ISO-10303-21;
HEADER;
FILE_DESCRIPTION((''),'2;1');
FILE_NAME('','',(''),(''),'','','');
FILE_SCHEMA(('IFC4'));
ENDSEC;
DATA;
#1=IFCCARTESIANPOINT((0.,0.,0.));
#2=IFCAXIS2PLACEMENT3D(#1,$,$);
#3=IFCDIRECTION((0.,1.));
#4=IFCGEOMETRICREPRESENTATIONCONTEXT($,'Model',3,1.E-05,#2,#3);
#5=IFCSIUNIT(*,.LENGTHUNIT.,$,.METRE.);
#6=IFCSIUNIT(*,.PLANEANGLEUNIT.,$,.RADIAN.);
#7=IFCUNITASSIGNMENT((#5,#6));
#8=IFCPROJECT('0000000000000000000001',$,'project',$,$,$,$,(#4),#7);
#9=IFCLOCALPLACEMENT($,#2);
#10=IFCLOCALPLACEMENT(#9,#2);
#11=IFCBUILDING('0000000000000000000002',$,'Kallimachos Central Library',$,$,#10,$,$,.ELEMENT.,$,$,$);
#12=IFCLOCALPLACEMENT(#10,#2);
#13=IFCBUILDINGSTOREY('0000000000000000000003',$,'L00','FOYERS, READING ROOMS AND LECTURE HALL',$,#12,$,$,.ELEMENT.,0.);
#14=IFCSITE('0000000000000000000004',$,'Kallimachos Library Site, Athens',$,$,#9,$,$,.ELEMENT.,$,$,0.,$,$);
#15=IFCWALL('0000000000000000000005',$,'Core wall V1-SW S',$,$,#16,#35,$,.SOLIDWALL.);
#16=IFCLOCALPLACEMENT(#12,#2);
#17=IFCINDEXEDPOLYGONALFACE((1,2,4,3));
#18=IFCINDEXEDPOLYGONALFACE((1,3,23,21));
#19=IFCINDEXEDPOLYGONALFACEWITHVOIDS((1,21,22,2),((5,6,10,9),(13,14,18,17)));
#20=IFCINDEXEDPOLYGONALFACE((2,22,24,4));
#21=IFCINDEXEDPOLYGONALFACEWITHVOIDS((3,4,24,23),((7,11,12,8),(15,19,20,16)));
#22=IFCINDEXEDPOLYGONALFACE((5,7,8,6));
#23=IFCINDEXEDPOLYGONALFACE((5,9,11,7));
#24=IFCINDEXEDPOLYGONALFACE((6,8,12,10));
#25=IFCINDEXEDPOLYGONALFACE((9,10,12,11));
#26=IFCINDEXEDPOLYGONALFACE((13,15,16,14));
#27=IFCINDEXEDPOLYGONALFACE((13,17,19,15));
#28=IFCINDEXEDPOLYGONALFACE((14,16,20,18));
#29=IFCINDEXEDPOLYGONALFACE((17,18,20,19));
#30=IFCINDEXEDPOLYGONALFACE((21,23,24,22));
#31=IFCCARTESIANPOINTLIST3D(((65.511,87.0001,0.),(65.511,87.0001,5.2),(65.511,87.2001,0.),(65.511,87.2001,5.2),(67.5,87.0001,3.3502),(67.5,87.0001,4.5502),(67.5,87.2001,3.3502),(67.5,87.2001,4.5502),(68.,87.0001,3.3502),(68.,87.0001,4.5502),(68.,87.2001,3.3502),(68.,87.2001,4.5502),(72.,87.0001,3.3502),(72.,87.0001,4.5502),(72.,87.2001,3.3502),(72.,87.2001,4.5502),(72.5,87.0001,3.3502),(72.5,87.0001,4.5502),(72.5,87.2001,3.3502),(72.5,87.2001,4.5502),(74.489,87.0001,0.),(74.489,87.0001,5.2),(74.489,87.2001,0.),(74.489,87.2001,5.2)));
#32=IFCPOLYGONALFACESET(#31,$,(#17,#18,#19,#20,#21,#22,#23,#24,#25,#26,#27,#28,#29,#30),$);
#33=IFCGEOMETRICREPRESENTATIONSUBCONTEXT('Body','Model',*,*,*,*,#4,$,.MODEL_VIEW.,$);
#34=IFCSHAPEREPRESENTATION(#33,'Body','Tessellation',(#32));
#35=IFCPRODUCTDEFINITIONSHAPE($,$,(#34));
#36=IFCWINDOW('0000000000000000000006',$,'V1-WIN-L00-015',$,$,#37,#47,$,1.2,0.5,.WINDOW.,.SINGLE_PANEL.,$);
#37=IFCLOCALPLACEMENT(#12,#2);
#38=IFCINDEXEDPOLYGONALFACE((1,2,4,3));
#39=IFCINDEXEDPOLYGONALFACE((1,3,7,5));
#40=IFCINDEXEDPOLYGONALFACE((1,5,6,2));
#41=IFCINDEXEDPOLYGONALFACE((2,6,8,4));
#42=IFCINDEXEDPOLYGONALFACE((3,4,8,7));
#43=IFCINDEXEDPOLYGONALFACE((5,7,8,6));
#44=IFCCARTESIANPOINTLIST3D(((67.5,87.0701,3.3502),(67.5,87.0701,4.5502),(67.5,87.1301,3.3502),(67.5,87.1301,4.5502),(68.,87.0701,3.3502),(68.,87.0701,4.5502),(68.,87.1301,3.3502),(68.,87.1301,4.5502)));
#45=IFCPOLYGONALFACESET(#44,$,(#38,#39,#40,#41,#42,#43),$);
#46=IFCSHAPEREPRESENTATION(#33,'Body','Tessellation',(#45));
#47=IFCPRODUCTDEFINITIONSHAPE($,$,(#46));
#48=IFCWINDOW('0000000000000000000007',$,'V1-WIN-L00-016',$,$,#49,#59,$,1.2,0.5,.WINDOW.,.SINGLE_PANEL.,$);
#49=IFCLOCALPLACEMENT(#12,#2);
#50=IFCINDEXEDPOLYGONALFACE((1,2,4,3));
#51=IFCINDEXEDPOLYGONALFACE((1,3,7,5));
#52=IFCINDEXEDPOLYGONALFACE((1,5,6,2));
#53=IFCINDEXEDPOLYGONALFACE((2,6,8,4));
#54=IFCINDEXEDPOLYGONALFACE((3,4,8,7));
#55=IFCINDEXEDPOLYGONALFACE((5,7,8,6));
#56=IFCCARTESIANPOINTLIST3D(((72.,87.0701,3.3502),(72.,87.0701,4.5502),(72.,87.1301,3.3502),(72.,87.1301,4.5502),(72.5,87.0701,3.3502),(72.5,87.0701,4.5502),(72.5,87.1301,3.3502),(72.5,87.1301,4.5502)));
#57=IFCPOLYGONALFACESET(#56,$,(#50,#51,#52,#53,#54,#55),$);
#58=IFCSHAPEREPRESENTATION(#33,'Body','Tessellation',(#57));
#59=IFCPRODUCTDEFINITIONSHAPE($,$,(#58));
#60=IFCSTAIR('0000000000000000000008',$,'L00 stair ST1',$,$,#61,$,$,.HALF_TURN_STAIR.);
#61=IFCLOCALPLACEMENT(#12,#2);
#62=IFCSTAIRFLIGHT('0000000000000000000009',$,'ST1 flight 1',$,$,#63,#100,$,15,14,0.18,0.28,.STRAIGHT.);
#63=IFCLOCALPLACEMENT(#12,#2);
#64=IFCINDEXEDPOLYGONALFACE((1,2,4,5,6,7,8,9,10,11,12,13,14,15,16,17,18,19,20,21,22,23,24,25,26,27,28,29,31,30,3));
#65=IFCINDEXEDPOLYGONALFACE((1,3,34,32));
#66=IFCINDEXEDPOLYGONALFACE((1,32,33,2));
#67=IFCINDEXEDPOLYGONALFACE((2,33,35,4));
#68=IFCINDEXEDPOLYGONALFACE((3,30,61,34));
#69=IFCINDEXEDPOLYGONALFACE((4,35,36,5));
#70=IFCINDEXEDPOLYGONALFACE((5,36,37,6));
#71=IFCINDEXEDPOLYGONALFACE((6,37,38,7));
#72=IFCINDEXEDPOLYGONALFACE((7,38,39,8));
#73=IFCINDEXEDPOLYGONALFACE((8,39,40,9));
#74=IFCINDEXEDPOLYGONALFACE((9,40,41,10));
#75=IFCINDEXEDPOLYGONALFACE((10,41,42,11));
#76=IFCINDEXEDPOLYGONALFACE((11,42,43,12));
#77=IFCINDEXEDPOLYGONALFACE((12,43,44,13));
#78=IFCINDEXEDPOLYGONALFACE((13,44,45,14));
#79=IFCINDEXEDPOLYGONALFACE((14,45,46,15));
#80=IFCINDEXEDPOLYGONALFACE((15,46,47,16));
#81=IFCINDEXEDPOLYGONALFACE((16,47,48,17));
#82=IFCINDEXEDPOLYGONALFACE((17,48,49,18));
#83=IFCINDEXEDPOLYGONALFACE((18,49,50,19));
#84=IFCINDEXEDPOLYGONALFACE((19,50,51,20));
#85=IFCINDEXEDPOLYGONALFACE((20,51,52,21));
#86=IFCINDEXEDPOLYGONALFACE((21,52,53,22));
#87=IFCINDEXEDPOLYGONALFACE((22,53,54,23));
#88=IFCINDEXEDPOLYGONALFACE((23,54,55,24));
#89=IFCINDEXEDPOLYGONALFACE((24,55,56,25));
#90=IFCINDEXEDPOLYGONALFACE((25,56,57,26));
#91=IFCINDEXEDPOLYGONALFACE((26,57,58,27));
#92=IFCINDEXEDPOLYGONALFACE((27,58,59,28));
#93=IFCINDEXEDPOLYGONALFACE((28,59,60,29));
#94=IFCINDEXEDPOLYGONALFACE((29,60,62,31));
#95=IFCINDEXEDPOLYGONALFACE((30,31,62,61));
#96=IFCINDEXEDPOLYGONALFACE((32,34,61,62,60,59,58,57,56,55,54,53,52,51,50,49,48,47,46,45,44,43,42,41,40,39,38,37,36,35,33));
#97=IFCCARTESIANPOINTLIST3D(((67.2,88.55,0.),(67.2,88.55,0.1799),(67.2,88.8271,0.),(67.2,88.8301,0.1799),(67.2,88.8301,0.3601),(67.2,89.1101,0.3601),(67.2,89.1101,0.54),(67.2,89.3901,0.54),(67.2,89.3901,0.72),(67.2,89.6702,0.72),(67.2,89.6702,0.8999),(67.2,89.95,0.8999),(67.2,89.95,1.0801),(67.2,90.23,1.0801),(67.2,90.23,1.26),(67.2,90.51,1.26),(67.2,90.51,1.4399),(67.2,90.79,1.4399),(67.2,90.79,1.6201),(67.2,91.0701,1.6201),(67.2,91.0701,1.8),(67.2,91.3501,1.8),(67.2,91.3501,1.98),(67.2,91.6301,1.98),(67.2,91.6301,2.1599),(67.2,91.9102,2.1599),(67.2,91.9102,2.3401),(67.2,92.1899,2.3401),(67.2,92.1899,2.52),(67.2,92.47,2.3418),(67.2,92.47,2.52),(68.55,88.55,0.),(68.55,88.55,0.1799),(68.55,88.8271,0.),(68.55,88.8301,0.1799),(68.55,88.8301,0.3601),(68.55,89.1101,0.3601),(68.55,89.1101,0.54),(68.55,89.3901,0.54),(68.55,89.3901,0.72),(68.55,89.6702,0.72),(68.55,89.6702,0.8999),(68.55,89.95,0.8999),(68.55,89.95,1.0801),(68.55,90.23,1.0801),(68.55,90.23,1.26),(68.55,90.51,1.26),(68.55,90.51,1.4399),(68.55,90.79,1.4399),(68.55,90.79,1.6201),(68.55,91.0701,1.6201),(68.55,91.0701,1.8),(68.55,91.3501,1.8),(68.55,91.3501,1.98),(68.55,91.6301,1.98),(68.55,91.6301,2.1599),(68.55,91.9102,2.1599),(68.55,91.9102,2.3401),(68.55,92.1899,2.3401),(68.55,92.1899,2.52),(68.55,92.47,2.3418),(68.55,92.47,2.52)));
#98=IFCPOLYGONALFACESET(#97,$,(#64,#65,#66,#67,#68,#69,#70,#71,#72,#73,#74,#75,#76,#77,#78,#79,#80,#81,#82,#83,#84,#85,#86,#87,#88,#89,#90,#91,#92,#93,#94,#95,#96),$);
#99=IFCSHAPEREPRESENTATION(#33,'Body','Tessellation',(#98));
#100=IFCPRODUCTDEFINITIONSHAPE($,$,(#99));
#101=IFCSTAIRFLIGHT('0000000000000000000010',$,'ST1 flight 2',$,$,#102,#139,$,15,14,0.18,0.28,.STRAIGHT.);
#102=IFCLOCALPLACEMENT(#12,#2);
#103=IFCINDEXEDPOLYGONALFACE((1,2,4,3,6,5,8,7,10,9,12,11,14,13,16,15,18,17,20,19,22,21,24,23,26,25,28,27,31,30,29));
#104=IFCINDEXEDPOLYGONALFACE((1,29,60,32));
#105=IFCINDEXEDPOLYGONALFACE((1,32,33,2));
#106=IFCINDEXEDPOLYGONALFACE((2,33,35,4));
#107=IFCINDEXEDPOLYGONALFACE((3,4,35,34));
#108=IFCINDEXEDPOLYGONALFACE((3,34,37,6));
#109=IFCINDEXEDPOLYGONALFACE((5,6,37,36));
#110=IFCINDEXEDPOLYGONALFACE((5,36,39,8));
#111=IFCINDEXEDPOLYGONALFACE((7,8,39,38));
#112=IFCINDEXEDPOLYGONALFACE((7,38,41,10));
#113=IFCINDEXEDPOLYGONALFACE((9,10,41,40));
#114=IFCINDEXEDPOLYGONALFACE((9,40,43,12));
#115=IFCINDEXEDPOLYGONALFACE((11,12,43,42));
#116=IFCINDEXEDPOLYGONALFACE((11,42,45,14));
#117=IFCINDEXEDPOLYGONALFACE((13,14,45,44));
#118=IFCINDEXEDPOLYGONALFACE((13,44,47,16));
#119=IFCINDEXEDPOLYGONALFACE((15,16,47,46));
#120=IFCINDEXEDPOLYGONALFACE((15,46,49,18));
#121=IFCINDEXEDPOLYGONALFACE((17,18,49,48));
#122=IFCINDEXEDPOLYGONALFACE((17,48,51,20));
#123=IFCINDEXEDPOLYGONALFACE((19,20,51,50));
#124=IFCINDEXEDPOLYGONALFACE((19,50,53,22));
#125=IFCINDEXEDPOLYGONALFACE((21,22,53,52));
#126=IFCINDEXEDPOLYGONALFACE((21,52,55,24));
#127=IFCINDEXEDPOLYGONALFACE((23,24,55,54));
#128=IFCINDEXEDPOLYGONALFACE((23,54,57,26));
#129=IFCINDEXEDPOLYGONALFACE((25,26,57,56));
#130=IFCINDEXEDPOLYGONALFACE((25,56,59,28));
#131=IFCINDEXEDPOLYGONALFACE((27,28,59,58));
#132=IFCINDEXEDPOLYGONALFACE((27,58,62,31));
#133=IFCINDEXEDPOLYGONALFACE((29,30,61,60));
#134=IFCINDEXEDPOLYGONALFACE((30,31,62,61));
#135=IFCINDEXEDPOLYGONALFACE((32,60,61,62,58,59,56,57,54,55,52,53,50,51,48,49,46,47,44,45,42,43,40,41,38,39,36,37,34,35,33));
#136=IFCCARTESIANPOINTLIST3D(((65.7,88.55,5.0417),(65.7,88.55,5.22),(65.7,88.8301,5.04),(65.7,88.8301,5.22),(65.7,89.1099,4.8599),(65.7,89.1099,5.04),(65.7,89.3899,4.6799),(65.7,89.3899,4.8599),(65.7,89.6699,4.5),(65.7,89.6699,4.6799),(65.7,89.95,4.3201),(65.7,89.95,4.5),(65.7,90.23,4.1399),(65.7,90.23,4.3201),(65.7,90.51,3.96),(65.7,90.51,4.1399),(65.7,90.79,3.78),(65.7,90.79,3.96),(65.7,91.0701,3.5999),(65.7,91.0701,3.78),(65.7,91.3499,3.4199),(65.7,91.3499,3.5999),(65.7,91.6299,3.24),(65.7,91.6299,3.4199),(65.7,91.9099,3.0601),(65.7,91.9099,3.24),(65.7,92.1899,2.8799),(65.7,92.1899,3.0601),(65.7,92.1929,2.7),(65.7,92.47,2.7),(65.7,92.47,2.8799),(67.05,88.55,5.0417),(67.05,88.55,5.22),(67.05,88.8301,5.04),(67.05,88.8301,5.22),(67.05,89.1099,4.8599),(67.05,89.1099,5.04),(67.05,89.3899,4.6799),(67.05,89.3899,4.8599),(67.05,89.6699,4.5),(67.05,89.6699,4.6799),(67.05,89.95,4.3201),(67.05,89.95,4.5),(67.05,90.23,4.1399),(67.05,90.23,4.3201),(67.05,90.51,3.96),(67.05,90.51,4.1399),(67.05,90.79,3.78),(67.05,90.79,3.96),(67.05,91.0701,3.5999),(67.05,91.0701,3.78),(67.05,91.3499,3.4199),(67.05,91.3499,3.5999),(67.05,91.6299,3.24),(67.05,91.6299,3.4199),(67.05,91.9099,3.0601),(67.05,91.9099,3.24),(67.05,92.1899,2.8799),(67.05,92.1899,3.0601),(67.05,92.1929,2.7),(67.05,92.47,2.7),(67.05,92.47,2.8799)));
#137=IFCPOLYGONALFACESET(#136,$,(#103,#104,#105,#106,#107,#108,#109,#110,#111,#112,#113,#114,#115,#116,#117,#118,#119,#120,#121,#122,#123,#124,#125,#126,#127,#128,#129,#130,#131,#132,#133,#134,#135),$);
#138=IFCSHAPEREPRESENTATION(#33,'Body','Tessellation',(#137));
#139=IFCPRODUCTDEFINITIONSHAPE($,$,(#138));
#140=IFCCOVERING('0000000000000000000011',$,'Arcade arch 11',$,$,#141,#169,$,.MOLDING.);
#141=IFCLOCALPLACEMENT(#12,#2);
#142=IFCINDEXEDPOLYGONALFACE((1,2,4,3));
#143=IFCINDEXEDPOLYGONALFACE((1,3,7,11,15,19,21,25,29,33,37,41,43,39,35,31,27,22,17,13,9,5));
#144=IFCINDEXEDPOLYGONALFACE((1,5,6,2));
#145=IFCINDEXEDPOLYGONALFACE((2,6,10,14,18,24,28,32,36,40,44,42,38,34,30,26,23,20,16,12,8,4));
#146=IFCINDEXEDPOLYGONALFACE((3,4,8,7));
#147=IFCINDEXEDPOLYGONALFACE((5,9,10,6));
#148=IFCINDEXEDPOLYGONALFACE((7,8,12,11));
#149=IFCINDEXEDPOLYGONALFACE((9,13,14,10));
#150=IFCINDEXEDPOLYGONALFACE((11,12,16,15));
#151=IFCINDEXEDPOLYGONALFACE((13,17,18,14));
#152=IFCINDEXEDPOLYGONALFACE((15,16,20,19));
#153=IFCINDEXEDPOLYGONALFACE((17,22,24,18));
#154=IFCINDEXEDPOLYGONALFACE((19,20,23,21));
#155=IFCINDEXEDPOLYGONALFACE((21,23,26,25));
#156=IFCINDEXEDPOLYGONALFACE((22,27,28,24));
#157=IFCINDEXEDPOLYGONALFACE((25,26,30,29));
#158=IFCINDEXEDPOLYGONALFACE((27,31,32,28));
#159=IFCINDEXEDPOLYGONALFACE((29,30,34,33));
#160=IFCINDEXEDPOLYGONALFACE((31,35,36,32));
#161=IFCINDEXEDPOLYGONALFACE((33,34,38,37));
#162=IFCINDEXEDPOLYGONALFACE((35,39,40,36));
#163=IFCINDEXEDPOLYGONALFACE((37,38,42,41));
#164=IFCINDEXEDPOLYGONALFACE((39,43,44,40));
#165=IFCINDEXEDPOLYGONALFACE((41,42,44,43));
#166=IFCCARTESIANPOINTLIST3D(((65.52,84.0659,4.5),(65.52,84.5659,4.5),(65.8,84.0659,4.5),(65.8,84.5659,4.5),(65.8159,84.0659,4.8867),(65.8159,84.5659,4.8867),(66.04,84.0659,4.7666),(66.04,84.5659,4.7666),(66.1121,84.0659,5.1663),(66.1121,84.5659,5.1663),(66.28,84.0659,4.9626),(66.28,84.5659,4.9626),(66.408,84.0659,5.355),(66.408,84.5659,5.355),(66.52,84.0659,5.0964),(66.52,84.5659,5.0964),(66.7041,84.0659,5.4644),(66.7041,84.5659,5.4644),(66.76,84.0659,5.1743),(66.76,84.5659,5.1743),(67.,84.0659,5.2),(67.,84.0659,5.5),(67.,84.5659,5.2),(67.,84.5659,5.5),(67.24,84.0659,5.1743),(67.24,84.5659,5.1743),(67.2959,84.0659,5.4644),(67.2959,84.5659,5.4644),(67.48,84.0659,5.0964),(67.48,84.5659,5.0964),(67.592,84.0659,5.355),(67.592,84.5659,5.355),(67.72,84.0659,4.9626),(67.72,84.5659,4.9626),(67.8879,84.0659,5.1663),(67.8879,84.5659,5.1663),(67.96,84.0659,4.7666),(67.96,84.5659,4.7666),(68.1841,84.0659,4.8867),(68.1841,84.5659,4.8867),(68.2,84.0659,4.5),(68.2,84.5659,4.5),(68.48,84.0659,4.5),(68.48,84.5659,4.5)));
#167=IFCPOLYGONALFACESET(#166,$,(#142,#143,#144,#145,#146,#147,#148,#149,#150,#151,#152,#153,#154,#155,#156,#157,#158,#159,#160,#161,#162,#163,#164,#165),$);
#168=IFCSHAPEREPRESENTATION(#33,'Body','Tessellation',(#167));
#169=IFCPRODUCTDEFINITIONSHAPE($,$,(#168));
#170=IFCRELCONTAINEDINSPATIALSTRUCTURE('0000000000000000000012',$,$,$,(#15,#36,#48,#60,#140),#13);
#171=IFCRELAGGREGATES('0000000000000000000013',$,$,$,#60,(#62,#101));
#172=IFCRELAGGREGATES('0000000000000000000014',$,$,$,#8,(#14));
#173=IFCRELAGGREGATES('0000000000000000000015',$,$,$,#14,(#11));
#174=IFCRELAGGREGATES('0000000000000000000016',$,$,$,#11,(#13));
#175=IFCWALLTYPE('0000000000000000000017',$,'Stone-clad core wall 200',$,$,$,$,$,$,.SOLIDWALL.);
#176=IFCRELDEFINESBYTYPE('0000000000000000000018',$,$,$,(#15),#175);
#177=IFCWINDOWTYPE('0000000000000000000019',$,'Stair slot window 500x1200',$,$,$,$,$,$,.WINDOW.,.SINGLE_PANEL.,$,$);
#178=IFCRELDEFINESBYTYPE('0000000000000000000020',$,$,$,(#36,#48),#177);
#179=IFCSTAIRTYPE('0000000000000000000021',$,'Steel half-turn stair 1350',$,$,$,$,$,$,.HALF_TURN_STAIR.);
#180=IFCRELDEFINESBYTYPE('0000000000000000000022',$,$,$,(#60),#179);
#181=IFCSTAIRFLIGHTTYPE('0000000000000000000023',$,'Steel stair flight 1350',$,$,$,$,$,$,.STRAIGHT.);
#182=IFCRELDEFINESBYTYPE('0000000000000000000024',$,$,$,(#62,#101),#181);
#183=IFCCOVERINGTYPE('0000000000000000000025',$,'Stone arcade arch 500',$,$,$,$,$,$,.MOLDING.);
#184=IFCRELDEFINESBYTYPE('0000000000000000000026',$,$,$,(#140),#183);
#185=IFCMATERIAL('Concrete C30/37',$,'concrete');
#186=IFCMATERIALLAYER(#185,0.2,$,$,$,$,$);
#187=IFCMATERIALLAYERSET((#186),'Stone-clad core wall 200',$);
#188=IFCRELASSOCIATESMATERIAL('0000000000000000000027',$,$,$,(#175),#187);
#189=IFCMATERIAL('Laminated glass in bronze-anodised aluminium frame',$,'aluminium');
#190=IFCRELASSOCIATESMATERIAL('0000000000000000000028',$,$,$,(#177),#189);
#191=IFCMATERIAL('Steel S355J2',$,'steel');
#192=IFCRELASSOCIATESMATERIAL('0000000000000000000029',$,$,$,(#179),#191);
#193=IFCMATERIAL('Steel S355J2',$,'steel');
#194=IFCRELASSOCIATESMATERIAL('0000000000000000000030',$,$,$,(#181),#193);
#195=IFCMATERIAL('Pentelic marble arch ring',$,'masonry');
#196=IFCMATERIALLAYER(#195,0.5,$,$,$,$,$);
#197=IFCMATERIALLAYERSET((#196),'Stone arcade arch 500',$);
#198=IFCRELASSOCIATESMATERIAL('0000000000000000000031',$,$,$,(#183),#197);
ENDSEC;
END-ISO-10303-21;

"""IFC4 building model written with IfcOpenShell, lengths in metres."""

from ifc_helpers import new_model, si_unit, direction, frame, frame_2d, origin, place, context, subcontext, project, spatial, polyline, rectangle, outline, extrude, material, layer, layer_set, type_object, element, fill, aggregate, save


model = new_model("IFC4")

# Units and contexts
model_context = context("Model", 3, precision=1e-05, world=origin(), true_north=direction((0.0, 1.0)))
body_context = subcontext(model_context, "Body", "Model", "MODEL_VIEW")
ifc_project = project(units=[si_unit("LENGTHUNIT", "METRE"), si_unit("PLANEANGLEUNIT", "RADIAN")], contexts=[model_context])

# Site, building, storey
site_placement = place(None, origin())
site = spatial("IfcSite", under=ifc_project, at=site_placement, Name="Kallimachos Library Site, Athens", CompositionType="ELEMENT", RefElevation=0.0)
building_placement = place(site_placement, origin())
building = spatial("IfcBuilding", under=site, at=building_placement, Name="Kallimachos Central Library", CompositionType="ELEMENT")
storey_placement = place(building_placement, origin())
storey = spatial("IfcBuildingStorey", under=building, at=storey_placement, Name="L00", Description="FOYERS, READING ROOMS AND LECTURE HALL", CompositionType="ELEMENT", Elevation=0.0)

# Shared definitions
ifc_material_1 = material(Name="Concrete C30/37", Category="concrete")
ifc_layer_1 = layer(ifc_material_1, 0.2)
ifc_layer_set_1 = layer_set([ifc_layer_1], Name="Stone-clad core wall 200")
wall_type_1 = type_object("IfcWallType", Name="Stone-clad core wall 200", PredefinedType="SOLIDWALL", material=ifc_layer_set_1)
ifc_material_2 = material(Name="Laminated glass in bronze-anodised aluminium frame", Category="aluminium")
window_type = type_object("IfcWindowType", Name="Stair slot window 500x1200", PartitioningType="SINGLE_PANEL", PredefinedType="WINDOW", material=ifc_material_2)

# Wall, openings, windows
wall_1_placement = place(storey_placement, frame((65.511, 87.1001, 0.0), z_axis=(0.0, 0.0, 1.0), x_axis=(1.0, 0.0, 0.0)))
wall_1 = element("IfcWall", 1, at=wall_1_placement, inside=storey, type_object=wall_type_1, Name="Core wall V1-SW S", PredefinedType="SOLIDWALL", context=body_context, shape_type="SweptSolid", body=[
    extrude(rectangle(XDim=8.978, YDim=0.2, at=frame_2d((4.489, 0.0))), origin(), (0.0, 0.0, 1.0), 5.2),
])
opening_1_placement = place(wall_1_placement, frame((1.989, 0.0, 3.3501)))
opening_1 = element("IfcOpeningElement", 2, at=opening_1_placement, cuts=wall_1, PredefinedType="OPENING", context=body_context, shape_type="SweptSolid", body=[
    extrude(rectangle(XDim=0.5, YDim=1.2, at=frame_2d((0.25, 0.6001))), frame((0.0, 0.1099, 0.0), z_axis=(0.0, -1.0, 0.0), x_axis=(1.0, 0.0, 0.0)), (0.0, 0.0, 1.0), 0.22),
])
opening_2_placement = place(wall_1_placement, frame((6.489, 0.0, 3.3501)))
opening_2 = element("IfcOpeningElement", 3, at=opening_2_placement, cuts=wall_1, PredefinedType="OPENING", context=body_context, shape_type="SweptSolid", body=[
    extrude(rectangle(XDim=0.5, YDim=1.2, at=frame_2d((0.25, 0.6001))), frame((0.0, 0.1099, 0.0), z_axis=(0.0, -1.0, 0.0), x_axis=(1.0, 0.0, 0.0)), (0.0, 0.0, 1.0), 0.22),
])
window_1_placement = place(opening_1_placement, origin())
window_1 = element("IfcWindow", 4, at=window_1_placement, inside=storey, type_object=window_type, Name="V1-WIN-L00-015", OverallHeight=1.2, OverallWidth=0.5, PartitioningType="SINGLE_PANEL", PredefinedType="WINDOW", context=body_context, shape_type="SweptSolid", body=[
    extrude(rectangle(XDim=0.5, YDim=1.2, at=frame_2d((0.25, 0.6001))), frame((0.0, 0.03, 0.0), z_axis=(0.0, -1.0, 0.0), x_axis=(1.0, 0.0, 0.0)), (0.0, 0.0, 1.0), 0.0601),
])
fill(opening_1, window_1)
window_2_placement = place(opening_2_placement, origin())
window_2 = element("IfcWindow", 5, at=window_2_placement, inside=storey, type_object=window_type, Name="V1-WIN-L00-016", OverallHeight=1.2, OverallWidth=0.5, PartitioningType="SINGLE_PANEL", PredefinedType="WINDOW", context=body_context, shape_type="SweptSolid", body=[
    extrude(rectangle(XDim=0.5, YDim=1.2, at=frame_2d((0.25, 0.6001))), frame((0.0, 0.03, 0.0), z_axis=(0.0, -1.0, 0.0), x_axis=(1.0, 0.0, 0.0)), (0.0, 0.0, 1.0), 0.0601),
])
fill(opening_2, window_2)

# Stair, stair flights
ifc_material_3 = material(Name="Steel S355J2", Category="steel")
stair_type = type_object("IfcStairType", Name="Steel half-turn stair 1350", PredefinedType="HALF_TURN_STAIR", material=ifc_material_3)
stair_placement = place(storey_placement, origin())
stair = element("IfcStair", 6, at=stair_placement, inside=storey, type_object=stair_type, Name="L00 stair ST1", PredefinedType="HALF_TURN_STAIR")
ifc_material_4 = material(Name="Steel S355J2", Category="steel")
stair_flight_type = type_object("IfcStairFlightType", Name="Steel stair flight 1350", PredefinedType="STRAIGHT", material=ifc_material_4)
stair_flight_1_placement = place(storey_placement, frame((67.875, 88.55, 0.0), z_axis=(0.0, 0.0, 1.0), x_axis=(0.0, 1.0, 0.0)))
stair_flight_1 = element("IfcStairFlight", 7, at=stair_flight_1_placement, type_object=stair_flight_type, Name="ST1 flight 1", NumberOfRisers=15, NumberOfTreads=14, PredefinedType="STRAIGHT", RiserHeight=0.18, TreadLength=0.28, context=body_context, shape_type="SweptSolid", body=[
    extrude(outline(polyline([(0.0, 0.0), (0.0, 0.1799), (0.28, 0.1799), (0.28, 0.3601), (0.5601, 0.3601), (0.5601, 0.54), (0.8401, 0.54), (0.8401, 0.72), (1.1201, 0.72), (1.1201, 0.8999), (1.3999, 0.8999), (1.3999, 1.0801), (1.6799, 1.0801), (1.6799, 1.26), (1.96, 1.26), (1.96, 1.4399), (2.24, 1.4399), (2.24, 1.6201), (2.52, 1.6201), (2.52, 1.8), (2.8, 1.8), (2.8, 1.98), (3.0801, 1.98), (3.0801, 2.1599), (3.3601, 2.1599), (3.3601, 2.3401), (3.6399, 2.3401), (3.6399, 2.52), (3.9199, 2.52), (3.9199, 2.7), (3.9199, 2.3418), (0.2771, 0.0), (0.0, 0.0)])), frame((0.0, 0.675, 0.0), z_axis=(0.0, -1.0, 0.0), x_axis=(1.0, 0.0, 0.0)), (0.0, 0.0, 1.0), 1.3501),
])
stair_flight_2_placement = place(storey_placement, frame((66.375, 92.47, 2.7), z_axis=(0.0, 0.0, 1.0), x_axis=(0.0, -1.0, 0.0)))
stair_flight_2 = element("IfcStairFlight", 8, at=stair_flight_2_placement, type_object=stair_flight_type, Name="ST1 flight 2", NumberOfRisers=15, NumberOfTreads=14, PredefinedType="STRAIGHT", RiserHeight=0.18, TreadLength=0.28, context=body_context, shape_type="SweptSolid", body=[
    extrude(outline(polyline([(0.0, 0.0), (0.0, 0.1799), (0.28, 0.1799), (0.28, 0.3601), (0.5601, 0.3601), (0.5601, 0.54), (0.8401, 0.54), (0.8401, 0.72), (1.1201, 0.72), (1.1201, 0.8999), (1.3999, 0.8999), (1.3999, 1.0801), (1.6799, 1.0801), (1.6799, 1.26), (1.96, 1.26), (1.96, 1.4399), (2.24, 1.4399), (2.24, 1.6201), (2.52, 1.6201), (2.52, 1.8), (2.8, 1.8), (2.8, 1.98), (3.0801, 1.98), (3.0801, 2.1599), (3.3601, 2.1599), (3.3601, 2.3401), (3.6399, 2.3401), (3.6399, 2.52), (3.9199, 2.52), (3.9199, 2.7), (3.9199, 2.3418), (0.2771, 0.0), (0.0, 0.0)])), frame((0.0, 0.675, 0.0), z_axis=(0.0, -1.0, 0.0), x_axis=(1.0, 0.0, 0.0)), (0.0, 0.0, 1.0), 1.3501),
])
aggregate(stair, [stair_flight_1, stair_flight_2])

# Covering
ifc_material_5 = material(Name="Pentelic marble arch ring", Category="masonry")
ifc_layer_2 = layer(ifc_material_5, 0.5)
ifc_layer_set_2 = layer_set([ifc_layer_2], Name="Stone arcade arch 500")
covering_type = type_object("IfcCoveringType", Name="Stone arcade arch 500", PredefinedType="MOLDING", material=ifc_layer_set_2)
for number, where, z_axis, x_axis, name in (
    (9, (65.52, 84.5659, 4.5), (0.0, 1.0, 0.0), (0.607673, 0.0, 0.794187), "Arcade arch 11"),
):
    element("IfcCovering", number, at=place(storey_placement, frame(where, z_axis=z_axis, x_axis=x_axis)), inside=storey, type_object=covering_type, Name=name, PredefinedType="MOLDING", context=body_context, shape_type="SweptSolid", body=[
        extrude(outline(polyline([(0.0, 0.0), (0.4869, 0.0), (0.8889, 0.0653), (1.2186, 0.1856), (1.4854, 0.3544), (1.6935, 0.5677), (1.845, 0.8244), (1.9381, 1.126), (1.9681, 1.4757), (1.926, 1.8808), (1.7987, 2.3508), (1.7987, 2.3508), (1.6285, 2.1284), (1.6285, 2.1284), (1.6944, 1.7758), (1.7043, 1.466), (1.6647, 1.1941), (1.5807, 0.9562), (1.4552, 0.75), (1.289, 0.575), (1.0814, 0.4317), (0.8293, 0.3225), (0.5277, 0.251), (0.1702, 0.2224), (0.1702, 0.2224), (0.0, 0.0), (0.0, 0.0)])), origin(), (0.0, 0.0, -1.0), 0.5),
    ])

save(model, "model.ifc")
